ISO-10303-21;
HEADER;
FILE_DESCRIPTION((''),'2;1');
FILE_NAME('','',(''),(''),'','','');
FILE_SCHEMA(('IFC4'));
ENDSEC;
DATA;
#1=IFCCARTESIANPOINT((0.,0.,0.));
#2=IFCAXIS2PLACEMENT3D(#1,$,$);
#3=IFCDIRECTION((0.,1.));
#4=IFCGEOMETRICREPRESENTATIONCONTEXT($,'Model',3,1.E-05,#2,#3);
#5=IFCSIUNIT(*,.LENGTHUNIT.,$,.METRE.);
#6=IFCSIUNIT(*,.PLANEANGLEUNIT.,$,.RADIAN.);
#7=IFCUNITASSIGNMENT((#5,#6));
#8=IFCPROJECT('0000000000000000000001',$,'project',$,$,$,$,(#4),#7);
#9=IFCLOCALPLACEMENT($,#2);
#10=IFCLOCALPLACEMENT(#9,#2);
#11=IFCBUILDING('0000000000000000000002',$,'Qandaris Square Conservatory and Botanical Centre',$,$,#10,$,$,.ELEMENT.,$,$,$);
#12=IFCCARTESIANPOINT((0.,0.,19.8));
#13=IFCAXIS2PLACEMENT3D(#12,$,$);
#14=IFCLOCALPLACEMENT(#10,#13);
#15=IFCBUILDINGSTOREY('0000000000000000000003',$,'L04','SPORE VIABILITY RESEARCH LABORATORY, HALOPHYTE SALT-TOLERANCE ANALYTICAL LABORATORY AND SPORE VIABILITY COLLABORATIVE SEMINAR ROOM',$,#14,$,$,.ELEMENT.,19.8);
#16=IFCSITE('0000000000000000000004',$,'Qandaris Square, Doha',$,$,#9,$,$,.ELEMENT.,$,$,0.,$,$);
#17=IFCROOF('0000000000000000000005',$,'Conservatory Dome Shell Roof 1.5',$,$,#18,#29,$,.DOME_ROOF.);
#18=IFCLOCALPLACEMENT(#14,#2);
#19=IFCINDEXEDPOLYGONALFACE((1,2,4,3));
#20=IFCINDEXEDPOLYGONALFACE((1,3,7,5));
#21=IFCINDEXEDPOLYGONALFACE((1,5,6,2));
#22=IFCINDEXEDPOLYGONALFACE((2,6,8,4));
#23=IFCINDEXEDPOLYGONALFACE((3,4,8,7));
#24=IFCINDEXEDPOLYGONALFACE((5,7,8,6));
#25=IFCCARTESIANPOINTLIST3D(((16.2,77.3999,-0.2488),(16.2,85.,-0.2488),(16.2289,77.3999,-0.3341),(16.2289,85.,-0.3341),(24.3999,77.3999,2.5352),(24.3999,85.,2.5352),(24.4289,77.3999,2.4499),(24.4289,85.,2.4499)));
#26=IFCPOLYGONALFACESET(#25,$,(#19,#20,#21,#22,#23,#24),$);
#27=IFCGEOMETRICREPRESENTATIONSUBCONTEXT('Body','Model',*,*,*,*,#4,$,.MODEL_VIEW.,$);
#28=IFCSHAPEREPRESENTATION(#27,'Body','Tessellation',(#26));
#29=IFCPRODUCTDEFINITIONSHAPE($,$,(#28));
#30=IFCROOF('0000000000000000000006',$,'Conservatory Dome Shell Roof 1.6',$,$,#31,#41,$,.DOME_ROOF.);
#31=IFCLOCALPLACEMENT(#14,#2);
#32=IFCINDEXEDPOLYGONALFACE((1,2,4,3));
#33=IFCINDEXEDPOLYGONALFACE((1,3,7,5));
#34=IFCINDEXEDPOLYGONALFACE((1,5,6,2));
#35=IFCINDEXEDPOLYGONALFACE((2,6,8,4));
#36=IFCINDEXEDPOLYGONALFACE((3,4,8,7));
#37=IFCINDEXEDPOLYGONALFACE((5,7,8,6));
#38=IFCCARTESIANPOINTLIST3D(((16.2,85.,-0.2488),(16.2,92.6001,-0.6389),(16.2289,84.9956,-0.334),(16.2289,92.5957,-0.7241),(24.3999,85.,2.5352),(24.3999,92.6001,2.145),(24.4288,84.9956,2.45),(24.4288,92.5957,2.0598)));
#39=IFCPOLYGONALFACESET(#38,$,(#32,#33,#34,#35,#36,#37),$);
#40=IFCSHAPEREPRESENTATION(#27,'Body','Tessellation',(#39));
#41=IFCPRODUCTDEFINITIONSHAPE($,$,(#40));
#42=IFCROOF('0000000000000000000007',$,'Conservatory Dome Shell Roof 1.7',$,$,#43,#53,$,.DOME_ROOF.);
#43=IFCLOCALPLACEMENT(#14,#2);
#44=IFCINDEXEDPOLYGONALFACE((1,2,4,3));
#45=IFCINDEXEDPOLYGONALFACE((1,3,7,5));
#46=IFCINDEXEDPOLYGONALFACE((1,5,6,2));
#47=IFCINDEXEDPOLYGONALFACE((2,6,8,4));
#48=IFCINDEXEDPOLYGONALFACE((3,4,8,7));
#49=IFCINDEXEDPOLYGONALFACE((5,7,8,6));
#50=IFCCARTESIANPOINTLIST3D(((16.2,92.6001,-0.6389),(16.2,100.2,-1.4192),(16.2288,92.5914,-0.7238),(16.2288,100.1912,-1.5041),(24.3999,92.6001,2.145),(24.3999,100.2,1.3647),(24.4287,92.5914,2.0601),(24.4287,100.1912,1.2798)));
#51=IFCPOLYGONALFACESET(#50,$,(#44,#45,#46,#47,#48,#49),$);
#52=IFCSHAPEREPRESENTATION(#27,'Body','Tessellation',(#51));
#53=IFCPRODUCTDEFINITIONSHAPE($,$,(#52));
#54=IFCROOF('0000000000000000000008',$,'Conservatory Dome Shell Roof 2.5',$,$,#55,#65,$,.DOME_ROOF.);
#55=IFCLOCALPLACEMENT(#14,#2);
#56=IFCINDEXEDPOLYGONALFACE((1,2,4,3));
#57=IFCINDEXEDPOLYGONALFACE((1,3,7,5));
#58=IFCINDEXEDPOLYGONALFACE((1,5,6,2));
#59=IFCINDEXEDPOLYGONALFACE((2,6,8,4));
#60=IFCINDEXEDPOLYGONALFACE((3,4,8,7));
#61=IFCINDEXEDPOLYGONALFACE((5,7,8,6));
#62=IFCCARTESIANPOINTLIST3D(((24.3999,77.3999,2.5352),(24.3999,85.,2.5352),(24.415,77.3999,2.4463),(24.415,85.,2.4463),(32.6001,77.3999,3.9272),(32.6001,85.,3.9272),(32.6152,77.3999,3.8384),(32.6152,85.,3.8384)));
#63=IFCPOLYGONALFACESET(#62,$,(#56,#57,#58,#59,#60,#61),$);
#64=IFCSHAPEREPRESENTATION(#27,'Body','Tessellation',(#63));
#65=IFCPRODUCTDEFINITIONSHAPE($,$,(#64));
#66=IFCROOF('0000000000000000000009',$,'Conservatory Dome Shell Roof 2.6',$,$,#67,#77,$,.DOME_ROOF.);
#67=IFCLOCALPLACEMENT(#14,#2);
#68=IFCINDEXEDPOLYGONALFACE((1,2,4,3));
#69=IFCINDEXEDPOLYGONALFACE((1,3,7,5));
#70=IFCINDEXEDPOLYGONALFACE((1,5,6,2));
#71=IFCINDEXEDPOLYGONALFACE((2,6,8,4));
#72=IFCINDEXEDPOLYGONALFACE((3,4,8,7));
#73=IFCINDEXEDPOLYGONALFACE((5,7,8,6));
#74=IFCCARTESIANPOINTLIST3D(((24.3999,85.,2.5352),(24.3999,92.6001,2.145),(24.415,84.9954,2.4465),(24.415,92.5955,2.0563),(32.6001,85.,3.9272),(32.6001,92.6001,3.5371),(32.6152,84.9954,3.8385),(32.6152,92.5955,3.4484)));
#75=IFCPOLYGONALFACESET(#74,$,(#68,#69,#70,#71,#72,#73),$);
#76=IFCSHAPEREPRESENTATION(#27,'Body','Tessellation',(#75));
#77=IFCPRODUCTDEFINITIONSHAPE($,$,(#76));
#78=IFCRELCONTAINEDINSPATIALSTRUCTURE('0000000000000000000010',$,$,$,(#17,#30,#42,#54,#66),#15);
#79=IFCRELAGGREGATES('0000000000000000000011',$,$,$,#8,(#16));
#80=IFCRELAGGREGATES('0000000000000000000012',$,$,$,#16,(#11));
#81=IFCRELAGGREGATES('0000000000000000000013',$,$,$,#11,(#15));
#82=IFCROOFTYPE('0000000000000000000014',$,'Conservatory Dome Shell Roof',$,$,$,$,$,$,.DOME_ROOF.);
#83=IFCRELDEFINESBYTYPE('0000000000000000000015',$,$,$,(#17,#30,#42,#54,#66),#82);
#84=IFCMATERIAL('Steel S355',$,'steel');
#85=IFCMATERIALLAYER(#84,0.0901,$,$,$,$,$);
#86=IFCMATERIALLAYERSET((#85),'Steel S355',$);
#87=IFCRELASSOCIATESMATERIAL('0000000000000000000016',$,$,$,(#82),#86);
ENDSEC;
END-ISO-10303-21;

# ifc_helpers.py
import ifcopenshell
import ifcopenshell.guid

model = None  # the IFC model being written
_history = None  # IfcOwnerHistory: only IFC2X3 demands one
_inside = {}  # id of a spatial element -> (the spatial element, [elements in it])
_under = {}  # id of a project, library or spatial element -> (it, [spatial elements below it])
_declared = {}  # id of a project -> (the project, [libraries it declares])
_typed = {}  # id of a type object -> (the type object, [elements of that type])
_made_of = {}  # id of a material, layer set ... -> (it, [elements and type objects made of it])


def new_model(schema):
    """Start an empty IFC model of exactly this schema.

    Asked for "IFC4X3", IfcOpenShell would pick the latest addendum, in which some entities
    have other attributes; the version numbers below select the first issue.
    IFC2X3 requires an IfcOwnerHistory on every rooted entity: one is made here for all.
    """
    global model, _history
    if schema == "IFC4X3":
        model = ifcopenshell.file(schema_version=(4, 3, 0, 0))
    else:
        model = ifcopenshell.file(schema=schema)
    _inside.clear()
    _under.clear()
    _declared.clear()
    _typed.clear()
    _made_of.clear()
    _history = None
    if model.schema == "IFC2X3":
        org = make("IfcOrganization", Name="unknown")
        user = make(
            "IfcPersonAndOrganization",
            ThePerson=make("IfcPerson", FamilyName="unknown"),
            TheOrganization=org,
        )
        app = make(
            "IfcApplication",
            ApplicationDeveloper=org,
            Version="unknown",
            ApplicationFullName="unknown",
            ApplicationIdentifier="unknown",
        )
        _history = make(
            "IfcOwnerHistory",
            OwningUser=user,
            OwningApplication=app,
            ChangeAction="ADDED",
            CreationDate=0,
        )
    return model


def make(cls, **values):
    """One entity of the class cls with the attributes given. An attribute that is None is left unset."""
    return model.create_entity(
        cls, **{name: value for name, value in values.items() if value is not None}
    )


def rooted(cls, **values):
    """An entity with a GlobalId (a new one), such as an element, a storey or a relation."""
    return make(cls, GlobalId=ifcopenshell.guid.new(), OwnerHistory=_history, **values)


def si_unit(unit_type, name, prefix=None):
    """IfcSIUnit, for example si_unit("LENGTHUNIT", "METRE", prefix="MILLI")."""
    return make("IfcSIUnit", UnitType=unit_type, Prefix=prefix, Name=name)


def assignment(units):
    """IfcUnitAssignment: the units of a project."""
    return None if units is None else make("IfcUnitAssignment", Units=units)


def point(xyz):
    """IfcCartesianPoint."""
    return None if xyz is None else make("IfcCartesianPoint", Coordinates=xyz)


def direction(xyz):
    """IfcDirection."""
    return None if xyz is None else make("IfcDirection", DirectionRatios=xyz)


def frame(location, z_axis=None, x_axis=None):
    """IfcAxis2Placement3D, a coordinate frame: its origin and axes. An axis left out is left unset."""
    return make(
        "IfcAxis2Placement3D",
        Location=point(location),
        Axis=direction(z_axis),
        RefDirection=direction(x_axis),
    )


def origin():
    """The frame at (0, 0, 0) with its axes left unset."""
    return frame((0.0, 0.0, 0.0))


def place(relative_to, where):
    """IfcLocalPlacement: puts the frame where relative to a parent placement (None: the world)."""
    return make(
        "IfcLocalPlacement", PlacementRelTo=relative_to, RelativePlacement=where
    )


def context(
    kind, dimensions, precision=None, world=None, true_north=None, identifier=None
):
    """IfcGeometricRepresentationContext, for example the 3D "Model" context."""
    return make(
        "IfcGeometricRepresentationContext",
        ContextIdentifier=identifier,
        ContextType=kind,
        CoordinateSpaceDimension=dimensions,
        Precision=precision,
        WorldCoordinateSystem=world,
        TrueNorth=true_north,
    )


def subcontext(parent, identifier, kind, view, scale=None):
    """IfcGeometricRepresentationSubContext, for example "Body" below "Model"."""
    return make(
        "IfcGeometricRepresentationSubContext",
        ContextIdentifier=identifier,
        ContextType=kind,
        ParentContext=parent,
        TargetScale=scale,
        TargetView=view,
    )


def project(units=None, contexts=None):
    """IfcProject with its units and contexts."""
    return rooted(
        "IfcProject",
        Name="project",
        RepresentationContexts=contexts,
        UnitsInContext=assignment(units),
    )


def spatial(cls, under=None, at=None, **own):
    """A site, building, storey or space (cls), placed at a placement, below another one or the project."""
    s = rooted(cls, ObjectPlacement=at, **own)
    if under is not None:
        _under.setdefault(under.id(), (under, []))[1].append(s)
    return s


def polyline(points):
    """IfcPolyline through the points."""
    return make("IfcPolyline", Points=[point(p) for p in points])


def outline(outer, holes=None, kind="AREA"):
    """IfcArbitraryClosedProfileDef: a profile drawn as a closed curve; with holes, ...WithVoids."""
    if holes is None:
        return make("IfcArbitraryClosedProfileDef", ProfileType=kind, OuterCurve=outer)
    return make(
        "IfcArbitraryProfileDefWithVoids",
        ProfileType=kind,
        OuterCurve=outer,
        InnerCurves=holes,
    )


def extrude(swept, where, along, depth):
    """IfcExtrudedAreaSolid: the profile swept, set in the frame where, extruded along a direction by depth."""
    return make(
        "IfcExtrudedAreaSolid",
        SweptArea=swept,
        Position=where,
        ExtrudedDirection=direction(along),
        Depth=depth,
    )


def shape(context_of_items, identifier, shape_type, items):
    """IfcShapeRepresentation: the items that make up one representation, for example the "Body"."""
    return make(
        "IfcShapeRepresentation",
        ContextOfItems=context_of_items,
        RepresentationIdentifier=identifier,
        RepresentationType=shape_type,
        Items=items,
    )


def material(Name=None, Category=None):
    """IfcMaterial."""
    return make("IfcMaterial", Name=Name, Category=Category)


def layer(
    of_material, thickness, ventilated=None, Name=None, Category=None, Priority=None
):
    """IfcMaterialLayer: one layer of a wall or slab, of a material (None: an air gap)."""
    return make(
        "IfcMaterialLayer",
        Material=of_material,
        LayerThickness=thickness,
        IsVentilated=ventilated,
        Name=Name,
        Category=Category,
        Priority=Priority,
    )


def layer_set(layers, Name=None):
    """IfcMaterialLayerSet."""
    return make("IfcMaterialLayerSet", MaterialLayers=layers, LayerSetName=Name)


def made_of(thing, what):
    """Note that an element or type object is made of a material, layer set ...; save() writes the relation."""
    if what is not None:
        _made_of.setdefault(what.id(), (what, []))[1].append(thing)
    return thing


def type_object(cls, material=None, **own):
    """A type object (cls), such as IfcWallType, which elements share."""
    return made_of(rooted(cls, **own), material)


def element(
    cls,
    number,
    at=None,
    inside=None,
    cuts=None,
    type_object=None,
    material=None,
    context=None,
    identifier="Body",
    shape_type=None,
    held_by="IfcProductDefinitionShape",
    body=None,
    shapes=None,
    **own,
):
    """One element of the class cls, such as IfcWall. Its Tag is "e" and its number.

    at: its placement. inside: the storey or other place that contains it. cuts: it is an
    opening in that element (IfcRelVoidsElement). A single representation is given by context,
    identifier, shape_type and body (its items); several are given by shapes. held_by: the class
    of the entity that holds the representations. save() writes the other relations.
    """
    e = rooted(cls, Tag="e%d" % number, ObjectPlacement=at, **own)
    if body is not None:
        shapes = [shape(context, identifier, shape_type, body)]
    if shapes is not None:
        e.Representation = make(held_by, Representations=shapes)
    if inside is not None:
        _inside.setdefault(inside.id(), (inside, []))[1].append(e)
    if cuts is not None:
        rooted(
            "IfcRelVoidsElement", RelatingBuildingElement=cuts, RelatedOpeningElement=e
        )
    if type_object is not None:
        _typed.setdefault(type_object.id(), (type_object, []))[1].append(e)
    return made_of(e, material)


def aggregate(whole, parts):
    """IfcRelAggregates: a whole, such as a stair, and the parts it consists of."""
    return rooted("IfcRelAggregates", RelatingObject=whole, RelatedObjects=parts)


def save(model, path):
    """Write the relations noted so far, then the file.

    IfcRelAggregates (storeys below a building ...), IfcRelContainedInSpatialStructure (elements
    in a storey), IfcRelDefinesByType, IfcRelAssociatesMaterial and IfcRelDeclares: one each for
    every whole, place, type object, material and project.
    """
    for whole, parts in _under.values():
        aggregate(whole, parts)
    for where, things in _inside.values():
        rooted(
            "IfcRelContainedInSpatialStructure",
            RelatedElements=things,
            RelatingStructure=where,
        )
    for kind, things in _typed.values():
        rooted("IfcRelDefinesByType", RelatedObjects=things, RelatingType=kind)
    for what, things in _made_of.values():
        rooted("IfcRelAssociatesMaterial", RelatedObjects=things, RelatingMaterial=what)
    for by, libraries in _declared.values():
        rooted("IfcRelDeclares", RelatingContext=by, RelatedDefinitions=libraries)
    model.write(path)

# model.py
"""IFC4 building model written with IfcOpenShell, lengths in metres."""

from ifc_helpers import new_model, si_unit, direction, frame, origin, place, context, subcontext, project, spatial, polyline, outline, extrude, material, layer, layer_set, type_object, element, save


model = new_model("IFC4")

# Units and contexts
model_context = context("Model", 3, precision=1e-05, world=origin(), true_north=direction((0.0, 1.0)))
body_context = subcontext(model_context, "Body", "Model", "MODEL_VIEW")
ifc_project = project(units=[si_unit("LENGTHUNIT", "METRE"), si_unit("PLANEANGLEUNIT", "RADIAN")], contexts=[model_context])

# Site, building, storey
site_placement = place(None, origin())
site = spatial("IfcSite", under=ifc_project, at=site_placement, Name="Qandaris Square, Doha", CompositionType="ELEMENT", RefElevation=0.0)
building_placement = place(site_placement, origin())
building = spatial("IfcBuilding", under=site, at=building_placement, Name="Qandaris Square Conservatory and Botanical Centre", CompositionType="ELEMENT")
storey_placement = place(building_placement, frame((0.0, 0.0, 19.8)))
storey = spatial("IfcBuildingStorey", under=building, at=storey_placement, Name="L04", Description="SPORE VIABILITY RESEARCH LABORATORY, HALOPHYTE SALT-TOLERANCE ANALYTICAL LABORATORY AND SPORE VIABILITY COLLABORATIVE SEMINAR ROOM", CompositionType="ELEMENT", Elevation=19.8)

# Shared definitions
ifc_material = material(Name="Steel S355", Category="steel")

# Roofs
ifc_layer_1 = layer(ifc_material, 0.0901)
ifc_layer_set_1 = layer_set([ifc_layer_1], Name="Steel S355")
roof_type = type_object("IfcRoofType", Name="Conservatory Dome Shell Roof", PredefinedType="DOME_ROOF", material=ifc_layer_set_1)
roof_1_placement = place(storey_placement, frame((16.2, 77.3999, -0.2488), z_axis=(-0.321484, 0.0, 0.946915), x_axis=(0.946915, 0.0, 0.321484)))
element("IfcRoof", 1, at=roof_1_placement, inside=storey, type_object=roof_type, Name="Conservatory Dome Shell Roof 1.5", PredefinedType="DOME_ROOF", context=body_context, shape_type="SweptSolid", body=[
    extrude(outline(polyline([(0.0, 0.0), (8.6596, 0.0), (8.6596, 7.6001), (0.0, 7.6001), (0.0, 0.0)])), origin(), (0.0, 0.0, -1.0), 0.0901),
])
roof_2_placement = place(storey_placement, frame((16.2, 85.0, -0.2488), z_axis=(-0.321105, 0.048551, 0.945798), x_axis=(0.946915, 0.0, 0.321484)))
element("IfcRoof", 2, at=roof_2_placement, inside=storey, type_object=roof_type, Name="Conservatory Dome Shell Roof 1.6", PredefinedType="DOME_ROOF", context=body_context, shape_type="SweptSolid", body=[
    extrude(outline(polyline([(0.0, 0.0), (8.6596, 0.0), (8.5342, 7.6091), (-0.1254, 7.6091), (0.0, 0.0)])), origin(), (0.0, 0.0, -1.0), 0.0901),
])
roof_3_placement = place(storey_placement, frame((16.2, 92.6001, -0.6389), z_axis=(-0.319975, 0.096763, 0.942472), x_axis=(0.946915, 0.0, 0.321484)))
element("IfcRoof", 3, at=roof_3_placement, inside=storey, type_object=roof_type, Name="Conservatory Dome Shell Roof 1.7", PredefinedType="DOME_ROOF", context=body_context, shape_type="SweptSolid", body=[
    extrude(outline(polyline([(0.0, 0.0), (8.6596, 0.0), (8.4088, 7.6357), (-0.2508, 7.6357), (0.0, 0.0)])), origin(), (0.0, 0.0, -1.0), 0.0901),
])
roof_4_placement = place(storey_placement, frame((24.3999, 77.3999, 2.5352), z_axis=(-0.167368, 0.0, 0.985894), x_axis=(0.985894, 0.0, 0.167368)))
element("IfcRoof", 4, at=roof_4_placement, inside=storey, type_object=roof_type, Name="Conservatory Dome Shell Roof 2.5", PredefinedType="DOME_ROOF", context=body_context, shape_type="SweptSolid", body=[
    extrude(outline(polyline([(0.0, 0.0), (8.3175, 0.0), (8.3175, 7.6001), (0.0, 7.6001), (0.0, 0.0)])), origin(), (0.0, 0.0, -1.0), 0.0901),
])
roof_5_placement = place(storey_placement, frame((24.3999, 85.0, 2.5352), z_axis=(-0.167154, 0.050544, 0.984634), x_axis=(0.985894, 0.0, 0.167368)))
element("IfcRoof", 5, at=roof_5_placement, inside=storey, type_object=roof_type, Name="Conservatory Dome Shell Roof 2.6", PredefinedType="DOME_ROOF", context=body_context, shape_type="SweptSolid", body=[
    extrude(outline(polyline([(0.0, 0.0), (8.3175, 0.0), (8.2522, 7.6098), (-0.0653, 7.6098), (0.0, 0.0)])), origin(), (0.0, 0.0, -1.0), 0.0901),
])

save(model, "model.ifc")
